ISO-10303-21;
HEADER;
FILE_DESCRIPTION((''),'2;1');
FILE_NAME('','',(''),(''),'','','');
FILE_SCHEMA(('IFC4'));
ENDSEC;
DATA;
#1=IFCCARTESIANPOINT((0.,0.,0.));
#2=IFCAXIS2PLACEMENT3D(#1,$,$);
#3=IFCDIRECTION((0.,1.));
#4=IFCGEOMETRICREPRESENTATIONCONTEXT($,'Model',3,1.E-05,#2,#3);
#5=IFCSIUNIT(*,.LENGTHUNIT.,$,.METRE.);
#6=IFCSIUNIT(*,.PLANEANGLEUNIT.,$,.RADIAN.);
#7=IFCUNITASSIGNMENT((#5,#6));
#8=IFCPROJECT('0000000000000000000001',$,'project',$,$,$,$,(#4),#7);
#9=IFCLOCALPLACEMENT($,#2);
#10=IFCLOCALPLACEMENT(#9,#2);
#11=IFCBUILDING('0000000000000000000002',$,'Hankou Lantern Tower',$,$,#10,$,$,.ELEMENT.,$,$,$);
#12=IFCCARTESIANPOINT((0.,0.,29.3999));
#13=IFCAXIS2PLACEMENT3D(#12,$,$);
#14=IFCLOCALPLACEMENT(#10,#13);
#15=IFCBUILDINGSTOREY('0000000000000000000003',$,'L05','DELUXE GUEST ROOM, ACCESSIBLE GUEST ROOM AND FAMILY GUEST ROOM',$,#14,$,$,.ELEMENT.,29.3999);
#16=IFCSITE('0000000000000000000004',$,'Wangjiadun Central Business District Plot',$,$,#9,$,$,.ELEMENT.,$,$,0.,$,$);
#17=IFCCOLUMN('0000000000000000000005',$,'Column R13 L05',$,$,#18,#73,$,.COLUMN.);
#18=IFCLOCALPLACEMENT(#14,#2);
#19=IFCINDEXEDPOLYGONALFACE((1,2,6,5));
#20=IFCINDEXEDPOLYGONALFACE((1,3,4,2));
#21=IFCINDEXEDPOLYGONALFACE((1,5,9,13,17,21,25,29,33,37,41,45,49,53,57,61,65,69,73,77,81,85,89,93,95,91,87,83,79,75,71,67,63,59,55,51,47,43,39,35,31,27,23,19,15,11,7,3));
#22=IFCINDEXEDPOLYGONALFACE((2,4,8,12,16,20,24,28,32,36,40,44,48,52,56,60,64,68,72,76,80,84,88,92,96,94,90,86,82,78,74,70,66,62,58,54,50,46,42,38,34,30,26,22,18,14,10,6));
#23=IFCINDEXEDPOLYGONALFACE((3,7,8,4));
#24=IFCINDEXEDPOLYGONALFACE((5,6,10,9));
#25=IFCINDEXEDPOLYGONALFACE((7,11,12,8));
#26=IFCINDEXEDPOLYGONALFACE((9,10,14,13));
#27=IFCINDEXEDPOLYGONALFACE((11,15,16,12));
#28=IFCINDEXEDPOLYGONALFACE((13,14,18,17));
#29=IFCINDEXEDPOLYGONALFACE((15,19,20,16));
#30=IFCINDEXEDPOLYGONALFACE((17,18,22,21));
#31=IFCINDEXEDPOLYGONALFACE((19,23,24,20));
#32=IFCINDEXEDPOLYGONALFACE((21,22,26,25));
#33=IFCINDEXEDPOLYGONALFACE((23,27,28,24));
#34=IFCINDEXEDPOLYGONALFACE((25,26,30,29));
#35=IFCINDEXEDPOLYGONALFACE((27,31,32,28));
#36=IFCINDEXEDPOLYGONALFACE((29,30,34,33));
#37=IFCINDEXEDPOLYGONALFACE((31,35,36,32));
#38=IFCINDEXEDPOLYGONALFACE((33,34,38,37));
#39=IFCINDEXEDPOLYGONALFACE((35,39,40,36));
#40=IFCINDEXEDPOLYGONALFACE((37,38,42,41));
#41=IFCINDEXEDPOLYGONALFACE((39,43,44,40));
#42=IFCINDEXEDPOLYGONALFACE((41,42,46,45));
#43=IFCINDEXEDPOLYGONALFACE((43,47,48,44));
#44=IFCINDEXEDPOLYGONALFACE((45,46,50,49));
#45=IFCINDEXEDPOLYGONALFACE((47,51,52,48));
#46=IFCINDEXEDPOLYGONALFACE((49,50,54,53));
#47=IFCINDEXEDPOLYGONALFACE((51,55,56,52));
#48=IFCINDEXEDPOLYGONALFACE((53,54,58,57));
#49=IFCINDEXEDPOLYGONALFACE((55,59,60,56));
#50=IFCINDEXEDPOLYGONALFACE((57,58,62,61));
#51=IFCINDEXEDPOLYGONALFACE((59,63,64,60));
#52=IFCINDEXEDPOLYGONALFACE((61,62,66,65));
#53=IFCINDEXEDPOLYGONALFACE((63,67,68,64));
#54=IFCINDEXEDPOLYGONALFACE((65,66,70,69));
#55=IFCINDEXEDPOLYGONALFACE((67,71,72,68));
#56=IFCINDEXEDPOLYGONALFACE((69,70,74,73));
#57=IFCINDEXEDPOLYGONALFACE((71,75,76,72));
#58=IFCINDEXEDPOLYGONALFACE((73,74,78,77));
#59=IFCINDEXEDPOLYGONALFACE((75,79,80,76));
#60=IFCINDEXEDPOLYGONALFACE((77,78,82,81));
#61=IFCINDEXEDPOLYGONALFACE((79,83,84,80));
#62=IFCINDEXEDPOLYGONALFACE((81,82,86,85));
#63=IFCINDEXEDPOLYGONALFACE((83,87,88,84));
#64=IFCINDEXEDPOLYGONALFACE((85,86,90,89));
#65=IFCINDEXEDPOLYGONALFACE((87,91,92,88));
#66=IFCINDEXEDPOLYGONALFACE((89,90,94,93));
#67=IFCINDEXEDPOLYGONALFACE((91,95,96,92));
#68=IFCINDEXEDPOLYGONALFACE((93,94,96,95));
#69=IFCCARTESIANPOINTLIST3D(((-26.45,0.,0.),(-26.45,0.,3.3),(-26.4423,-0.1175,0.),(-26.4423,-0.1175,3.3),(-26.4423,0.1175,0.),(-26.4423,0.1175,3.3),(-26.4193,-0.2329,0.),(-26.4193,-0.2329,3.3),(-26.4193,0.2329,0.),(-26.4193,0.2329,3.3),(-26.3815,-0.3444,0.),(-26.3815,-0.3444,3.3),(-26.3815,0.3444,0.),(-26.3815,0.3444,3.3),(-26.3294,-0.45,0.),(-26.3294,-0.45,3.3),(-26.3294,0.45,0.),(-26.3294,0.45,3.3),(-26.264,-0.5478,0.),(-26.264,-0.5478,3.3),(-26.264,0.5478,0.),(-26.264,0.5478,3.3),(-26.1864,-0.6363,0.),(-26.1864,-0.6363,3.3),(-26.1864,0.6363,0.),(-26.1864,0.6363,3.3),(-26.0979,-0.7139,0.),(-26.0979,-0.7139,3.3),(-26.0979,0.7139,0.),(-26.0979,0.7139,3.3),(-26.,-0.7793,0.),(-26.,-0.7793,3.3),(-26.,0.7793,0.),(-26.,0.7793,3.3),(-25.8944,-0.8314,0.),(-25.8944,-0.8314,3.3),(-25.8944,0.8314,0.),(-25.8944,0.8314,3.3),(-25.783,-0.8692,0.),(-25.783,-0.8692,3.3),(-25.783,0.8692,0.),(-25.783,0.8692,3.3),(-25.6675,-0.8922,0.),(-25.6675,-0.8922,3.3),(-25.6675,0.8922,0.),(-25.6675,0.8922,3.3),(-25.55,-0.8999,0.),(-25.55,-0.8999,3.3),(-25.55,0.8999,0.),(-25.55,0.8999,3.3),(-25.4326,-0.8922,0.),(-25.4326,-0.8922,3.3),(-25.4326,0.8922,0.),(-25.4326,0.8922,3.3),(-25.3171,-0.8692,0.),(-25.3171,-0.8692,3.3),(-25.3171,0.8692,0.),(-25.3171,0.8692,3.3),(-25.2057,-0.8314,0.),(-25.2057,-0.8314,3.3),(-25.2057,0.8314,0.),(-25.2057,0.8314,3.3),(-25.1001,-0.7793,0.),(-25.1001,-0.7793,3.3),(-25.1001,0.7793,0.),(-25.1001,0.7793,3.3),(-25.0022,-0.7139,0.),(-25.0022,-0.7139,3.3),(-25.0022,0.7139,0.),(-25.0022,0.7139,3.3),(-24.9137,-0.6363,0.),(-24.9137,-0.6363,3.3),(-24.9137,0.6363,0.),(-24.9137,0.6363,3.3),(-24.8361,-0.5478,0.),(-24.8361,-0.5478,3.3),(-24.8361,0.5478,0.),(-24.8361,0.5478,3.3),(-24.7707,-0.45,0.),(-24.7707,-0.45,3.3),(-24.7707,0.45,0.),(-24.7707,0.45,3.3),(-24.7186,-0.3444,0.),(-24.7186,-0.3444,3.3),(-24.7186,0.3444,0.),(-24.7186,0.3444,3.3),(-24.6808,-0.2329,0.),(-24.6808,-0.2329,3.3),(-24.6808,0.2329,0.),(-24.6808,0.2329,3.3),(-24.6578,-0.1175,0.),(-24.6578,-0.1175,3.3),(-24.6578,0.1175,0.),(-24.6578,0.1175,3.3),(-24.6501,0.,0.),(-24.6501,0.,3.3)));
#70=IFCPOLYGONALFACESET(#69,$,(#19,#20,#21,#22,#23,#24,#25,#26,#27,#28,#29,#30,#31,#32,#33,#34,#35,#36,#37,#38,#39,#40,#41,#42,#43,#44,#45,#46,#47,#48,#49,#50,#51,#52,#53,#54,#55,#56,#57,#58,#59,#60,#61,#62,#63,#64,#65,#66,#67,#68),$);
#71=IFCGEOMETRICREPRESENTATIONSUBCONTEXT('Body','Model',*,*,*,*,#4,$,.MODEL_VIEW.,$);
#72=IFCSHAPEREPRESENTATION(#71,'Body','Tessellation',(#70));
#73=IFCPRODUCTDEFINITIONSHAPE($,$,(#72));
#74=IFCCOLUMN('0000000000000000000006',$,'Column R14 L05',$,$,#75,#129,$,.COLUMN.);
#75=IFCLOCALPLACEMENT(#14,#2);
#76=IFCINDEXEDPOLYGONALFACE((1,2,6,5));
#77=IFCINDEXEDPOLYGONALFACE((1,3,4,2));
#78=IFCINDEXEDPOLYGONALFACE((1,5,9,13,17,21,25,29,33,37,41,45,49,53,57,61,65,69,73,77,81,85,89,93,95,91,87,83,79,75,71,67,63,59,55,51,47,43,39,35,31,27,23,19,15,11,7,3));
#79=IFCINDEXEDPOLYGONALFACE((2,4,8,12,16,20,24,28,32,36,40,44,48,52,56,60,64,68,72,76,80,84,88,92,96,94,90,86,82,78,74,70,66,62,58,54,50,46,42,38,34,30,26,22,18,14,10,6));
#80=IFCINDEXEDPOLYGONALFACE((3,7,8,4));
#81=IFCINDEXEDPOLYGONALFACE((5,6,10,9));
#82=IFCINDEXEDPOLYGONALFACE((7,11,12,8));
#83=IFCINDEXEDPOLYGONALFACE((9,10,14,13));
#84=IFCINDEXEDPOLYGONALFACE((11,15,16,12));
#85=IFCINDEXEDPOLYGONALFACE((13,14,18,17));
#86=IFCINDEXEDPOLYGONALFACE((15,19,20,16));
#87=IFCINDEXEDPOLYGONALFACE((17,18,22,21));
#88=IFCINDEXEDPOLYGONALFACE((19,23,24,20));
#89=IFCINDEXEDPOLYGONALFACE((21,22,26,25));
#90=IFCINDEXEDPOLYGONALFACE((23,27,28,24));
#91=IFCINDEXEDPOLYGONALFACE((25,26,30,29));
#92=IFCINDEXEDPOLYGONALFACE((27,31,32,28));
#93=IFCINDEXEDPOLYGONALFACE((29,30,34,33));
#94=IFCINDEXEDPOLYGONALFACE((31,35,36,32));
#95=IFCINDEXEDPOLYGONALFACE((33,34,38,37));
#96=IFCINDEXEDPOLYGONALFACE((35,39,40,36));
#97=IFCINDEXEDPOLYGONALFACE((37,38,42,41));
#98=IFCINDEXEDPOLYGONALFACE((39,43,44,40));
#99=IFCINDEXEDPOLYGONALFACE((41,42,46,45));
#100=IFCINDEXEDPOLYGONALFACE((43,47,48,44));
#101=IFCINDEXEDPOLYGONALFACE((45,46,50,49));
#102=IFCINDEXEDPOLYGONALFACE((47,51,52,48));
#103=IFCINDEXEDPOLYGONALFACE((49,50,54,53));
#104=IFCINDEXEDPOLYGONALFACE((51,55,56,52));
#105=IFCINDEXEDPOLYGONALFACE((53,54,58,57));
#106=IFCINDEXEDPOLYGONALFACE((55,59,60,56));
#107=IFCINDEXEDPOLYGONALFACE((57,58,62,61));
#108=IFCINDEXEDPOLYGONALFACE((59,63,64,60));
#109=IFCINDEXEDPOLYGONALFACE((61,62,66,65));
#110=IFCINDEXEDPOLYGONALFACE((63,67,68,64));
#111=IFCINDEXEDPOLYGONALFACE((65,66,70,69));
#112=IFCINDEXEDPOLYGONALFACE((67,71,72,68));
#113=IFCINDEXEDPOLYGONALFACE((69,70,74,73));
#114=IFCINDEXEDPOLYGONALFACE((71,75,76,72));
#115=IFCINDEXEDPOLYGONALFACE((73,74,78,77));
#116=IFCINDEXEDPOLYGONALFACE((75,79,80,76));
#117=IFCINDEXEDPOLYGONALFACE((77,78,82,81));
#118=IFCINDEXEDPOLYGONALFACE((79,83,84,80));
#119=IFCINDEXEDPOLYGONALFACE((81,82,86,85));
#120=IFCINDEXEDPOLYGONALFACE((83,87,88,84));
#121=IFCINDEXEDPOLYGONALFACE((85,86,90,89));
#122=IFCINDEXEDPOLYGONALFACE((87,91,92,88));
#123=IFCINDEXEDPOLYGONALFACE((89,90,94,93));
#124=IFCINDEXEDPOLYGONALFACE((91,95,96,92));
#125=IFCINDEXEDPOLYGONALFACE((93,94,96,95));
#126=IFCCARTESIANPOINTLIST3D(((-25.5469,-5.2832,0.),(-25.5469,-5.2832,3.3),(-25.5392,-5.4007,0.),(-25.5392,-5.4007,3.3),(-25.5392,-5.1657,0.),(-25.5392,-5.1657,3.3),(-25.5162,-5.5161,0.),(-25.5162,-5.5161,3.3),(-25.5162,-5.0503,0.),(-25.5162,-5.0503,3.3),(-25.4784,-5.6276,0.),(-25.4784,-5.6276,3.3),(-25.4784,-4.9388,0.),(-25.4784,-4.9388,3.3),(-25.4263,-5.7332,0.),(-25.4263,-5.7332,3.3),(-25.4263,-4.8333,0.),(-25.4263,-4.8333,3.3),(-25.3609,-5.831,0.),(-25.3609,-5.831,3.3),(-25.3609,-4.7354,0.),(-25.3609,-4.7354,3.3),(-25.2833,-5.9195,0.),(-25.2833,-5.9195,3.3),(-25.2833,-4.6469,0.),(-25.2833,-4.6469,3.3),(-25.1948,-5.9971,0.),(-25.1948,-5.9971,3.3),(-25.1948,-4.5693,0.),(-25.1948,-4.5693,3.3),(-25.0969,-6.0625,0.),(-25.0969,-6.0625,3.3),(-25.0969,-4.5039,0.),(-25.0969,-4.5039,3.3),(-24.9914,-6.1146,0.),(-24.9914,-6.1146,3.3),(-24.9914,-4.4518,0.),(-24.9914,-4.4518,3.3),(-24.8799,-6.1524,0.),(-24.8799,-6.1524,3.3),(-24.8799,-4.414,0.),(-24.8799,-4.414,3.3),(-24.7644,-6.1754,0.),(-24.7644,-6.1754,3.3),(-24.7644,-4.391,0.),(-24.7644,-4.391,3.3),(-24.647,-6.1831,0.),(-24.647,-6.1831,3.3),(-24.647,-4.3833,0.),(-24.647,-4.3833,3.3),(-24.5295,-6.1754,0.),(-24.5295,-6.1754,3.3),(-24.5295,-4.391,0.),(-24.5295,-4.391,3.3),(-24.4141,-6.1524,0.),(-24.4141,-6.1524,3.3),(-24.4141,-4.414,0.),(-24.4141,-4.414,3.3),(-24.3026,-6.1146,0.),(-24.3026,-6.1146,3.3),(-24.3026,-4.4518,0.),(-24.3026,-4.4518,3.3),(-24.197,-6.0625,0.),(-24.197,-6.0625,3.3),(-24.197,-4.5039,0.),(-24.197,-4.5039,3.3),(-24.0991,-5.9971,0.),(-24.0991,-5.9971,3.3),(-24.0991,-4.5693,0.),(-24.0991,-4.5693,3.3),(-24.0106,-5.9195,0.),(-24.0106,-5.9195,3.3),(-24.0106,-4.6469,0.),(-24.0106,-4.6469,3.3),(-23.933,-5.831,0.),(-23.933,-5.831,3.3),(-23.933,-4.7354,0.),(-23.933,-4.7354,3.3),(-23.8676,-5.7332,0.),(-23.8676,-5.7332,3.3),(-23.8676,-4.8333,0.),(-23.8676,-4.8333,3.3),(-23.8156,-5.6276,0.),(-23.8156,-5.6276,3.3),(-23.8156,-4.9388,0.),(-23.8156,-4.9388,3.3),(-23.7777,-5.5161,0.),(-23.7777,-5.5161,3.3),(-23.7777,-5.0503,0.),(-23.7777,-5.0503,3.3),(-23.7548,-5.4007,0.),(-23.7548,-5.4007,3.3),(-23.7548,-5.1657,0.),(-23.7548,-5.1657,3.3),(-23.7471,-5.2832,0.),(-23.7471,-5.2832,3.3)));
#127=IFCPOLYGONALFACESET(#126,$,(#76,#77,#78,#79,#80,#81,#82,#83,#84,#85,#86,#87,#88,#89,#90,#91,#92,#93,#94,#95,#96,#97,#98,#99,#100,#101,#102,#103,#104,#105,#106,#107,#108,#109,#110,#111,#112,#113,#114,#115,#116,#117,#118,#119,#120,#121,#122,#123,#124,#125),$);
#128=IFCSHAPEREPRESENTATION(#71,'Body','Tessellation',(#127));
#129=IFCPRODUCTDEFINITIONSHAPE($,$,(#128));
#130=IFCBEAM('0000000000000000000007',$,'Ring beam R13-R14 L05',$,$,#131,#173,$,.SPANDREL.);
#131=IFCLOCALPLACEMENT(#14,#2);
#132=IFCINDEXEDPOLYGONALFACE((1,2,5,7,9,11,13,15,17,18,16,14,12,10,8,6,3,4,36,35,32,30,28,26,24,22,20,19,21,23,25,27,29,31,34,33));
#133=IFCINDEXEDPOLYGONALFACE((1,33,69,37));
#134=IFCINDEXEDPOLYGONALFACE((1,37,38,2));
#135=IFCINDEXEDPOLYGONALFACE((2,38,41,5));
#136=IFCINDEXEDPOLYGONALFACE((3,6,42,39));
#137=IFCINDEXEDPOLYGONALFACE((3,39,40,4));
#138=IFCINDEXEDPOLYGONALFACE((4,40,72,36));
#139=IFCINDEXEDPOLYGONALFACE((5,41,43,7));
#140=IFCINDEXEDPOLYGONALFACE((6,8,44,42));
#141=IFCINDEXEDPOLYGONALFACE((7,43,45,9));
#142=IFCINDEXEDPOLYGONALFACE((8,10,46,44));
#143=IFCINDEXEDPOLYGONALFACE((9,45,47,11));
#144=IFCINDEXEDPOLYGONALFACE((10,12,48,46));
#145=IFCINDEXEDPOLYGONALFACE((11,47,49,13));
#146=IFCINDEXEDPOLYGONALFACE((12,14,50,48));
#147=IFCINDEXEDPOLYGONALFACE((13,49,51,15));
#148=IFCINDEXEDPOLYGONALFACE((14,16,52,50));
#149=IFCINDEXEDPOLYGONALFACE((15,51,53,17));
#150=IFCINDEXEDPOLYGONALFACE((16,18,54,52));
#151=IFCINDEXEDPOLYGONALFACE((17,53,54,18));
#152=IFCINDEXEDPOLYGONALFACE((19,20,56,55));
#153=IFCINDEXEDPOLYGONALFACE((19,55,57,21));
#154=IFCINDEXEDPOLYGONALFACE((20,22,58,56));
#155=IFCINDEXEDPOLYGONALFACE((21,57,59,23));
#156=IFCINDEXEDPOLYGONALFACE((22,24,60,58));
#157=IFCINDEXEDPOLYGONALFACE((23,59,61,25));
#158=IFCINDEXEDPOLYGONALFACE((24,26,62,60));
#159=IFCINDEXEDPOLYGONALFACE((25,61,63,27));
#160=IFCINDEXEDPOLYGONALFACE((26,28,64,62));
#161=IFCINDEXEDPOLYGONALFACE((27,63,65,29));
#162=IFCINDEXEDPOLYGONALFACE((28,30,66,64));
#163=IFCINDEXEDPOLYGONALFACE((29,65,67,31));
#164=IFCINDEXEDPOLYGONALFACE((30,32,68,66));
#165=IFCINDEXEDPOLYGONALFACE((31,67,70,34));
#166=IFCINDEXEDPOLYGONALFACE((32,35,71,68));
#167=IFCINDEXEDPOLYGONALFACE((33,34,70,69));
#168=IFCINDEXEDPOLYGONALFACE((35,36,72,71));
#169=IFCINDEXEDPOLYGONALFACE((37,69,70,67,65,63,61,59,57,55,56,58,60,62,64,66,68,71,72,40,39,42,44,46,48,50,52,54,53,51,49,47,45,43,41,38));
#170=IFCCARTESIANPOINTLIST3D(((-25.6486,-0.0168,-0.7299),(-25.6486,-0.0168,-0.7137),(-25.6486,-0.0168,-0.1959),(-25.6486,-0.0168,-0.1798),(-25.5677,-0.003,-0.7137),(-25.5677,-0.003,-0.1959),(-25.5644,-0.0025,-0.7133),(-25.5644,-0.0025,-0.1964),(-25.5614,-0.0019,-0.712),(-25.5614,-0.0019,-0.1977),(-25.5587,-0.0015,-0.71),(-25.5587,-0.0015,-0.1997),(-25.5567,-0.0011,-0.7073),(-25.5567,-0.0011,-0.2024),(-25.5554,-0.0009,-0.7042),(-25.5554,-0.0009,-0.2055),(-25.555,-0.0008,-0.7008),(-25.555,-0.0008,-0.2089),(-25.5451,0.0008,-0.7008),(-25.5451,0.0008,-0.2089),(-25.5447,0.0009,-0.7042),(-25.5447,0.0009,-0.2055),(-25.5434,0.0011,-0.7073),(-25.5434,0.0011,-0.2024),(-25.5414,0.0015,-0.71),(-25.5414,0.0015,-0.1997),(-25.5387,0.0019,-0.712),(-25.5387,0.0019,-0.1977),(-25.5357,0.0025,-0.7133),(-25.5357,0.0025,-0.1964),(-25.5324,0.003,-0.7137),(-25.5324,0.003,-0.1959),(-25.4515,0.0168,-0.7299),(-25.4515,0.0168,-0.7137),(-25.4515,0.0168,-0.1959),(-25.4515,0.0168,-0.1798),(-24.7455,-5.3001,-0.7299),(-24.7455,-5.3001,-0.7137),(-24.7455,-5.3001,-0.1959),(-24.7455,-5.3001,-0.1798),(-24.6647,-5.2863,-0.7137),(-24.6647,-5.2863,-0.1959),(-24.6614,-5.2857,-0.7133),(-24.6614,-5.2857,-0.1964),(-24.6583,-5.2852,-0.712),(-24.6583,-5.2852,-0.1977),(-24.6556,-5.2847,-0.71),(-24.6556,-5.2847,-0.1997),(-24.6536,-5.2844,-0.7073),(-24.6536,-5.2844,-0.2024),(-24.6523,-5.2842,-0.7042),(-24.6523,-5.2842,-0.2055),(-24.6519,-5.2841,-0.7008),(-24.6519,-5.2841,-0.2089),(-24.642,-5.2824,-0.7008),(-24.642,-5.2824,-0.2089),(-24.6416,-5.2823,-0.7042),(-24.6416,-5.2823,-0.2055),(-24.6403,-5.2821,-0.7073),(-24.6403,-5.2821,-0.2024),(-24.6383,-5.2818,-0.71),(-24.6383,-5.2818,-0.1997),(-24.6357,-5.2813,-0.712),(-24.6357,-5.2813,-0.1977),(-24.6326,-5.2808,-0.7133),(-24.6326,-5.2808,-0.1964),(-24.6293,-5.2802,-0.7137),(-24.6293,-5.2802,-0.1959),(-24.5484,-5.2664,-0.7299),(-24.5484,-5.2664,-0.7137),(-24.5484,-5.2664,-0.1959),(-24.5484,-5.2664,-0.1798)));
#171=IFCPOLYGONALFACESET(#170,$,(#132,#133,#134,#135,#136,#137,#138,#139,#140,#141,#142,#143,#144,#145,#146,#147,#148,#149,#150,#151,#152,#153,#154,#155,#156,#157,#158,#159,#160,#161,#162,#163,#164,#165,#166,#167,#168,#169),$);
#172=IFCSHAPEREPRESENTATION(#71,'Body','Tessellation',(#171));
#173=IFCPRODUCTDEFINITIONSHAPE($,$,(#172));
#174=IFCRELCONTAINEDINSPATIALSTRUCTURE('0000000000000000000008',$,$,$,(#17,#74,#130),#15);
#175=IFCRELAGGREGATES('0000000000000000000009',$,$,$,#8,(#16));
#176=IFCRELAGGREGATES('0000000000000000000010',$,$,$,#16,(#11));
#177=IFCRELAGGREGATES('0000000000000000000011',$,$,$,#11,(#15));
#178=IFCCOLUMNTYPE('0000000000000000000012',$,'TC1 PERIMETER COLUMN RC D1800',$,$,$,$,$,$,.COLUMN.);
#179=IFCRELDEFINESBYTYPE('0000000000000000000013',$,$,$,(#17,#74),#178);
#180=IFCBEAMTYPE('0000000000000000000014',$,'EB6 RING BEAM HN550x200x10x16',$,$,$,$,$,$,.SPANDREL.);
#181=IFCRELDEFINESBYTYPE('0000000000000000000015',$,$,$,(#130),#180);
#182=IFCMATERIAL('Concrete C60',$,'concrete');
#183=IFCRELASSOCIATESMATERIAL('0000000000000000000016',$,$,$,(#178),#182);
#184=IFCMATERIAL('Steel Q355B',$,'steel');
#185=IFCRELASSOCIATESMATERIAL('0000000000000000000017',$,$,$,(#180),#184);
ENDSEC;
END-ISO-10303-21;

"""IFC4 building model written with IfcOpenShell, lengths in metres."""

from ifc_helpers import new_model, si_unit, direction, frame, origin, origin_2d, place, context, subcontext, project, spatial, circle, i_section, extrude, material, material_profile, profile_set, type_object, element, save


model = new_model("IFC4")

# Units and contexts
model_context = context("Model", 3, precision=1e-05, world=origin(), true_north=direction((0.0, 1.0)))
body_context = subcontext(model_context, "Body", "Model", "MODEL_VIEW")
ifc_project = project(units=[si_unit("LENGTHUNIT", "METRE"), si_unit("PLANEANGLEUNIT", "RADIAN")], contexts=[model_context])

# Site, building, storey
site_placement = place(None, origin())
site = spatial("IfcSite", under=ifc_project, at=site_placement, Name="Wangjiadun Central Business District Plot", CompositionType="ELEMENT", RefElevation=0.0)
building_placement = place(site_placement, origin())
building = spatial("IfcBuilding", under=site, at=building_placement, Name="Hankou Lantern Tower", CompositionType="ELEMENT")
storey_placement = place(building_placement, frame((0.0, 0.0, 29.3999)))
storey = spatial("IfcBuildingStorey", under=building, at=storey_placement, Name="L05", Description="DELUXE GUEST ROOM, ACCESSIBLE GUEST ROOM AND FAMILY GUEST ROOM", CompositionType="ELEMENT", Elevation=29.3999)

# Columns
ifc_material_1 = material(Name="Concrete C60", Category="concrete")
ifc_material_profile_1 = material_profile(ifc_material_1, circle(Radius=0.8999, at=origin_2d()), Name="RC D1800")
ifc_profile_set_1 = profile_set([ifc_material_profile_1], Name="Concrete C60")
column_type = type_object("IfcColumnType", Name="TC1 PERIMETER COLUMN RC D1800", PredefinedType="COLUMN", material=ifc_profile_set_1)
for number, where, z_axis, x_axis, name in (
    (1, (-25.55, 0.0, 0.0), (0.0, 0.0, 1.0), (1.0, 0.0, 0.0), "Column R13 L05"),
    (2, (-24.647, -5.2832, 0.0), (0.0, 0.0, 1.0), (1.0, 0.0, 0.0), "Column R14 L05"),
):
    element("IfcColumn", number, at=place(storey_placement, frame(where, z_axis=z_axis, x_axis=x_axis)), inside=storey, type_object=column_type, Name=name, PredefinedType="COLUMN", context=body_context, shape_type="SweptSolid", body=[
        extrude(circle(Radius=0.8999, at=origin_2d()), origin(), (0.0, 0.0, 1.0), 3.3),
    ])

# Beam
ifc_material_2 = material(Name="Steel Q355B", Category="steel")
ifc_material_profile_2 = material_profile(ifc_material_2, i_section(OverallWidth=0.2, OverallDepth=0.55, WebThickness=0.01, FlangeThickness=0.0161, FilletRadius=0.0129, at=origin_2d()), Name="HN550x200x10x16")
ifc_profile_set_2 = profile_set([ifc_material_profile_2], Name="Steel Q355B")
beam_type_1 = type_object("IfcBeamType", Name="EB6 RING BEAM HN550x200x10x16", PredefinedType="SPANDREL", material=ifc_profile_set_2)
beam_1_placement = place(storey_placement, frame((-25.55, 0.0, -0.4548), z_axis=(0.16849, -0.985703, 0.0), x_axis=(0.985703, 0.16849, 0.0)))
element("IfcBeam", 3, at=beam_1_placement, inside=storey, type_object=beam_type_1, Name="Ring beam R13-R14 L05", PredefinedType="SPANDREL", context=body_context, shape_type="SweptSolid", body=[
    extrude(i_section(OverallWidth=0.2, OverallDepth=0.55, WebThickness=0.01, FlangeThickness=0.0161, FilletRadius=0.0129, at=origin_2d()), origin(), (0.0, 0.0, 1.0), 5.3599),
])

save(model, "model.ifc")
